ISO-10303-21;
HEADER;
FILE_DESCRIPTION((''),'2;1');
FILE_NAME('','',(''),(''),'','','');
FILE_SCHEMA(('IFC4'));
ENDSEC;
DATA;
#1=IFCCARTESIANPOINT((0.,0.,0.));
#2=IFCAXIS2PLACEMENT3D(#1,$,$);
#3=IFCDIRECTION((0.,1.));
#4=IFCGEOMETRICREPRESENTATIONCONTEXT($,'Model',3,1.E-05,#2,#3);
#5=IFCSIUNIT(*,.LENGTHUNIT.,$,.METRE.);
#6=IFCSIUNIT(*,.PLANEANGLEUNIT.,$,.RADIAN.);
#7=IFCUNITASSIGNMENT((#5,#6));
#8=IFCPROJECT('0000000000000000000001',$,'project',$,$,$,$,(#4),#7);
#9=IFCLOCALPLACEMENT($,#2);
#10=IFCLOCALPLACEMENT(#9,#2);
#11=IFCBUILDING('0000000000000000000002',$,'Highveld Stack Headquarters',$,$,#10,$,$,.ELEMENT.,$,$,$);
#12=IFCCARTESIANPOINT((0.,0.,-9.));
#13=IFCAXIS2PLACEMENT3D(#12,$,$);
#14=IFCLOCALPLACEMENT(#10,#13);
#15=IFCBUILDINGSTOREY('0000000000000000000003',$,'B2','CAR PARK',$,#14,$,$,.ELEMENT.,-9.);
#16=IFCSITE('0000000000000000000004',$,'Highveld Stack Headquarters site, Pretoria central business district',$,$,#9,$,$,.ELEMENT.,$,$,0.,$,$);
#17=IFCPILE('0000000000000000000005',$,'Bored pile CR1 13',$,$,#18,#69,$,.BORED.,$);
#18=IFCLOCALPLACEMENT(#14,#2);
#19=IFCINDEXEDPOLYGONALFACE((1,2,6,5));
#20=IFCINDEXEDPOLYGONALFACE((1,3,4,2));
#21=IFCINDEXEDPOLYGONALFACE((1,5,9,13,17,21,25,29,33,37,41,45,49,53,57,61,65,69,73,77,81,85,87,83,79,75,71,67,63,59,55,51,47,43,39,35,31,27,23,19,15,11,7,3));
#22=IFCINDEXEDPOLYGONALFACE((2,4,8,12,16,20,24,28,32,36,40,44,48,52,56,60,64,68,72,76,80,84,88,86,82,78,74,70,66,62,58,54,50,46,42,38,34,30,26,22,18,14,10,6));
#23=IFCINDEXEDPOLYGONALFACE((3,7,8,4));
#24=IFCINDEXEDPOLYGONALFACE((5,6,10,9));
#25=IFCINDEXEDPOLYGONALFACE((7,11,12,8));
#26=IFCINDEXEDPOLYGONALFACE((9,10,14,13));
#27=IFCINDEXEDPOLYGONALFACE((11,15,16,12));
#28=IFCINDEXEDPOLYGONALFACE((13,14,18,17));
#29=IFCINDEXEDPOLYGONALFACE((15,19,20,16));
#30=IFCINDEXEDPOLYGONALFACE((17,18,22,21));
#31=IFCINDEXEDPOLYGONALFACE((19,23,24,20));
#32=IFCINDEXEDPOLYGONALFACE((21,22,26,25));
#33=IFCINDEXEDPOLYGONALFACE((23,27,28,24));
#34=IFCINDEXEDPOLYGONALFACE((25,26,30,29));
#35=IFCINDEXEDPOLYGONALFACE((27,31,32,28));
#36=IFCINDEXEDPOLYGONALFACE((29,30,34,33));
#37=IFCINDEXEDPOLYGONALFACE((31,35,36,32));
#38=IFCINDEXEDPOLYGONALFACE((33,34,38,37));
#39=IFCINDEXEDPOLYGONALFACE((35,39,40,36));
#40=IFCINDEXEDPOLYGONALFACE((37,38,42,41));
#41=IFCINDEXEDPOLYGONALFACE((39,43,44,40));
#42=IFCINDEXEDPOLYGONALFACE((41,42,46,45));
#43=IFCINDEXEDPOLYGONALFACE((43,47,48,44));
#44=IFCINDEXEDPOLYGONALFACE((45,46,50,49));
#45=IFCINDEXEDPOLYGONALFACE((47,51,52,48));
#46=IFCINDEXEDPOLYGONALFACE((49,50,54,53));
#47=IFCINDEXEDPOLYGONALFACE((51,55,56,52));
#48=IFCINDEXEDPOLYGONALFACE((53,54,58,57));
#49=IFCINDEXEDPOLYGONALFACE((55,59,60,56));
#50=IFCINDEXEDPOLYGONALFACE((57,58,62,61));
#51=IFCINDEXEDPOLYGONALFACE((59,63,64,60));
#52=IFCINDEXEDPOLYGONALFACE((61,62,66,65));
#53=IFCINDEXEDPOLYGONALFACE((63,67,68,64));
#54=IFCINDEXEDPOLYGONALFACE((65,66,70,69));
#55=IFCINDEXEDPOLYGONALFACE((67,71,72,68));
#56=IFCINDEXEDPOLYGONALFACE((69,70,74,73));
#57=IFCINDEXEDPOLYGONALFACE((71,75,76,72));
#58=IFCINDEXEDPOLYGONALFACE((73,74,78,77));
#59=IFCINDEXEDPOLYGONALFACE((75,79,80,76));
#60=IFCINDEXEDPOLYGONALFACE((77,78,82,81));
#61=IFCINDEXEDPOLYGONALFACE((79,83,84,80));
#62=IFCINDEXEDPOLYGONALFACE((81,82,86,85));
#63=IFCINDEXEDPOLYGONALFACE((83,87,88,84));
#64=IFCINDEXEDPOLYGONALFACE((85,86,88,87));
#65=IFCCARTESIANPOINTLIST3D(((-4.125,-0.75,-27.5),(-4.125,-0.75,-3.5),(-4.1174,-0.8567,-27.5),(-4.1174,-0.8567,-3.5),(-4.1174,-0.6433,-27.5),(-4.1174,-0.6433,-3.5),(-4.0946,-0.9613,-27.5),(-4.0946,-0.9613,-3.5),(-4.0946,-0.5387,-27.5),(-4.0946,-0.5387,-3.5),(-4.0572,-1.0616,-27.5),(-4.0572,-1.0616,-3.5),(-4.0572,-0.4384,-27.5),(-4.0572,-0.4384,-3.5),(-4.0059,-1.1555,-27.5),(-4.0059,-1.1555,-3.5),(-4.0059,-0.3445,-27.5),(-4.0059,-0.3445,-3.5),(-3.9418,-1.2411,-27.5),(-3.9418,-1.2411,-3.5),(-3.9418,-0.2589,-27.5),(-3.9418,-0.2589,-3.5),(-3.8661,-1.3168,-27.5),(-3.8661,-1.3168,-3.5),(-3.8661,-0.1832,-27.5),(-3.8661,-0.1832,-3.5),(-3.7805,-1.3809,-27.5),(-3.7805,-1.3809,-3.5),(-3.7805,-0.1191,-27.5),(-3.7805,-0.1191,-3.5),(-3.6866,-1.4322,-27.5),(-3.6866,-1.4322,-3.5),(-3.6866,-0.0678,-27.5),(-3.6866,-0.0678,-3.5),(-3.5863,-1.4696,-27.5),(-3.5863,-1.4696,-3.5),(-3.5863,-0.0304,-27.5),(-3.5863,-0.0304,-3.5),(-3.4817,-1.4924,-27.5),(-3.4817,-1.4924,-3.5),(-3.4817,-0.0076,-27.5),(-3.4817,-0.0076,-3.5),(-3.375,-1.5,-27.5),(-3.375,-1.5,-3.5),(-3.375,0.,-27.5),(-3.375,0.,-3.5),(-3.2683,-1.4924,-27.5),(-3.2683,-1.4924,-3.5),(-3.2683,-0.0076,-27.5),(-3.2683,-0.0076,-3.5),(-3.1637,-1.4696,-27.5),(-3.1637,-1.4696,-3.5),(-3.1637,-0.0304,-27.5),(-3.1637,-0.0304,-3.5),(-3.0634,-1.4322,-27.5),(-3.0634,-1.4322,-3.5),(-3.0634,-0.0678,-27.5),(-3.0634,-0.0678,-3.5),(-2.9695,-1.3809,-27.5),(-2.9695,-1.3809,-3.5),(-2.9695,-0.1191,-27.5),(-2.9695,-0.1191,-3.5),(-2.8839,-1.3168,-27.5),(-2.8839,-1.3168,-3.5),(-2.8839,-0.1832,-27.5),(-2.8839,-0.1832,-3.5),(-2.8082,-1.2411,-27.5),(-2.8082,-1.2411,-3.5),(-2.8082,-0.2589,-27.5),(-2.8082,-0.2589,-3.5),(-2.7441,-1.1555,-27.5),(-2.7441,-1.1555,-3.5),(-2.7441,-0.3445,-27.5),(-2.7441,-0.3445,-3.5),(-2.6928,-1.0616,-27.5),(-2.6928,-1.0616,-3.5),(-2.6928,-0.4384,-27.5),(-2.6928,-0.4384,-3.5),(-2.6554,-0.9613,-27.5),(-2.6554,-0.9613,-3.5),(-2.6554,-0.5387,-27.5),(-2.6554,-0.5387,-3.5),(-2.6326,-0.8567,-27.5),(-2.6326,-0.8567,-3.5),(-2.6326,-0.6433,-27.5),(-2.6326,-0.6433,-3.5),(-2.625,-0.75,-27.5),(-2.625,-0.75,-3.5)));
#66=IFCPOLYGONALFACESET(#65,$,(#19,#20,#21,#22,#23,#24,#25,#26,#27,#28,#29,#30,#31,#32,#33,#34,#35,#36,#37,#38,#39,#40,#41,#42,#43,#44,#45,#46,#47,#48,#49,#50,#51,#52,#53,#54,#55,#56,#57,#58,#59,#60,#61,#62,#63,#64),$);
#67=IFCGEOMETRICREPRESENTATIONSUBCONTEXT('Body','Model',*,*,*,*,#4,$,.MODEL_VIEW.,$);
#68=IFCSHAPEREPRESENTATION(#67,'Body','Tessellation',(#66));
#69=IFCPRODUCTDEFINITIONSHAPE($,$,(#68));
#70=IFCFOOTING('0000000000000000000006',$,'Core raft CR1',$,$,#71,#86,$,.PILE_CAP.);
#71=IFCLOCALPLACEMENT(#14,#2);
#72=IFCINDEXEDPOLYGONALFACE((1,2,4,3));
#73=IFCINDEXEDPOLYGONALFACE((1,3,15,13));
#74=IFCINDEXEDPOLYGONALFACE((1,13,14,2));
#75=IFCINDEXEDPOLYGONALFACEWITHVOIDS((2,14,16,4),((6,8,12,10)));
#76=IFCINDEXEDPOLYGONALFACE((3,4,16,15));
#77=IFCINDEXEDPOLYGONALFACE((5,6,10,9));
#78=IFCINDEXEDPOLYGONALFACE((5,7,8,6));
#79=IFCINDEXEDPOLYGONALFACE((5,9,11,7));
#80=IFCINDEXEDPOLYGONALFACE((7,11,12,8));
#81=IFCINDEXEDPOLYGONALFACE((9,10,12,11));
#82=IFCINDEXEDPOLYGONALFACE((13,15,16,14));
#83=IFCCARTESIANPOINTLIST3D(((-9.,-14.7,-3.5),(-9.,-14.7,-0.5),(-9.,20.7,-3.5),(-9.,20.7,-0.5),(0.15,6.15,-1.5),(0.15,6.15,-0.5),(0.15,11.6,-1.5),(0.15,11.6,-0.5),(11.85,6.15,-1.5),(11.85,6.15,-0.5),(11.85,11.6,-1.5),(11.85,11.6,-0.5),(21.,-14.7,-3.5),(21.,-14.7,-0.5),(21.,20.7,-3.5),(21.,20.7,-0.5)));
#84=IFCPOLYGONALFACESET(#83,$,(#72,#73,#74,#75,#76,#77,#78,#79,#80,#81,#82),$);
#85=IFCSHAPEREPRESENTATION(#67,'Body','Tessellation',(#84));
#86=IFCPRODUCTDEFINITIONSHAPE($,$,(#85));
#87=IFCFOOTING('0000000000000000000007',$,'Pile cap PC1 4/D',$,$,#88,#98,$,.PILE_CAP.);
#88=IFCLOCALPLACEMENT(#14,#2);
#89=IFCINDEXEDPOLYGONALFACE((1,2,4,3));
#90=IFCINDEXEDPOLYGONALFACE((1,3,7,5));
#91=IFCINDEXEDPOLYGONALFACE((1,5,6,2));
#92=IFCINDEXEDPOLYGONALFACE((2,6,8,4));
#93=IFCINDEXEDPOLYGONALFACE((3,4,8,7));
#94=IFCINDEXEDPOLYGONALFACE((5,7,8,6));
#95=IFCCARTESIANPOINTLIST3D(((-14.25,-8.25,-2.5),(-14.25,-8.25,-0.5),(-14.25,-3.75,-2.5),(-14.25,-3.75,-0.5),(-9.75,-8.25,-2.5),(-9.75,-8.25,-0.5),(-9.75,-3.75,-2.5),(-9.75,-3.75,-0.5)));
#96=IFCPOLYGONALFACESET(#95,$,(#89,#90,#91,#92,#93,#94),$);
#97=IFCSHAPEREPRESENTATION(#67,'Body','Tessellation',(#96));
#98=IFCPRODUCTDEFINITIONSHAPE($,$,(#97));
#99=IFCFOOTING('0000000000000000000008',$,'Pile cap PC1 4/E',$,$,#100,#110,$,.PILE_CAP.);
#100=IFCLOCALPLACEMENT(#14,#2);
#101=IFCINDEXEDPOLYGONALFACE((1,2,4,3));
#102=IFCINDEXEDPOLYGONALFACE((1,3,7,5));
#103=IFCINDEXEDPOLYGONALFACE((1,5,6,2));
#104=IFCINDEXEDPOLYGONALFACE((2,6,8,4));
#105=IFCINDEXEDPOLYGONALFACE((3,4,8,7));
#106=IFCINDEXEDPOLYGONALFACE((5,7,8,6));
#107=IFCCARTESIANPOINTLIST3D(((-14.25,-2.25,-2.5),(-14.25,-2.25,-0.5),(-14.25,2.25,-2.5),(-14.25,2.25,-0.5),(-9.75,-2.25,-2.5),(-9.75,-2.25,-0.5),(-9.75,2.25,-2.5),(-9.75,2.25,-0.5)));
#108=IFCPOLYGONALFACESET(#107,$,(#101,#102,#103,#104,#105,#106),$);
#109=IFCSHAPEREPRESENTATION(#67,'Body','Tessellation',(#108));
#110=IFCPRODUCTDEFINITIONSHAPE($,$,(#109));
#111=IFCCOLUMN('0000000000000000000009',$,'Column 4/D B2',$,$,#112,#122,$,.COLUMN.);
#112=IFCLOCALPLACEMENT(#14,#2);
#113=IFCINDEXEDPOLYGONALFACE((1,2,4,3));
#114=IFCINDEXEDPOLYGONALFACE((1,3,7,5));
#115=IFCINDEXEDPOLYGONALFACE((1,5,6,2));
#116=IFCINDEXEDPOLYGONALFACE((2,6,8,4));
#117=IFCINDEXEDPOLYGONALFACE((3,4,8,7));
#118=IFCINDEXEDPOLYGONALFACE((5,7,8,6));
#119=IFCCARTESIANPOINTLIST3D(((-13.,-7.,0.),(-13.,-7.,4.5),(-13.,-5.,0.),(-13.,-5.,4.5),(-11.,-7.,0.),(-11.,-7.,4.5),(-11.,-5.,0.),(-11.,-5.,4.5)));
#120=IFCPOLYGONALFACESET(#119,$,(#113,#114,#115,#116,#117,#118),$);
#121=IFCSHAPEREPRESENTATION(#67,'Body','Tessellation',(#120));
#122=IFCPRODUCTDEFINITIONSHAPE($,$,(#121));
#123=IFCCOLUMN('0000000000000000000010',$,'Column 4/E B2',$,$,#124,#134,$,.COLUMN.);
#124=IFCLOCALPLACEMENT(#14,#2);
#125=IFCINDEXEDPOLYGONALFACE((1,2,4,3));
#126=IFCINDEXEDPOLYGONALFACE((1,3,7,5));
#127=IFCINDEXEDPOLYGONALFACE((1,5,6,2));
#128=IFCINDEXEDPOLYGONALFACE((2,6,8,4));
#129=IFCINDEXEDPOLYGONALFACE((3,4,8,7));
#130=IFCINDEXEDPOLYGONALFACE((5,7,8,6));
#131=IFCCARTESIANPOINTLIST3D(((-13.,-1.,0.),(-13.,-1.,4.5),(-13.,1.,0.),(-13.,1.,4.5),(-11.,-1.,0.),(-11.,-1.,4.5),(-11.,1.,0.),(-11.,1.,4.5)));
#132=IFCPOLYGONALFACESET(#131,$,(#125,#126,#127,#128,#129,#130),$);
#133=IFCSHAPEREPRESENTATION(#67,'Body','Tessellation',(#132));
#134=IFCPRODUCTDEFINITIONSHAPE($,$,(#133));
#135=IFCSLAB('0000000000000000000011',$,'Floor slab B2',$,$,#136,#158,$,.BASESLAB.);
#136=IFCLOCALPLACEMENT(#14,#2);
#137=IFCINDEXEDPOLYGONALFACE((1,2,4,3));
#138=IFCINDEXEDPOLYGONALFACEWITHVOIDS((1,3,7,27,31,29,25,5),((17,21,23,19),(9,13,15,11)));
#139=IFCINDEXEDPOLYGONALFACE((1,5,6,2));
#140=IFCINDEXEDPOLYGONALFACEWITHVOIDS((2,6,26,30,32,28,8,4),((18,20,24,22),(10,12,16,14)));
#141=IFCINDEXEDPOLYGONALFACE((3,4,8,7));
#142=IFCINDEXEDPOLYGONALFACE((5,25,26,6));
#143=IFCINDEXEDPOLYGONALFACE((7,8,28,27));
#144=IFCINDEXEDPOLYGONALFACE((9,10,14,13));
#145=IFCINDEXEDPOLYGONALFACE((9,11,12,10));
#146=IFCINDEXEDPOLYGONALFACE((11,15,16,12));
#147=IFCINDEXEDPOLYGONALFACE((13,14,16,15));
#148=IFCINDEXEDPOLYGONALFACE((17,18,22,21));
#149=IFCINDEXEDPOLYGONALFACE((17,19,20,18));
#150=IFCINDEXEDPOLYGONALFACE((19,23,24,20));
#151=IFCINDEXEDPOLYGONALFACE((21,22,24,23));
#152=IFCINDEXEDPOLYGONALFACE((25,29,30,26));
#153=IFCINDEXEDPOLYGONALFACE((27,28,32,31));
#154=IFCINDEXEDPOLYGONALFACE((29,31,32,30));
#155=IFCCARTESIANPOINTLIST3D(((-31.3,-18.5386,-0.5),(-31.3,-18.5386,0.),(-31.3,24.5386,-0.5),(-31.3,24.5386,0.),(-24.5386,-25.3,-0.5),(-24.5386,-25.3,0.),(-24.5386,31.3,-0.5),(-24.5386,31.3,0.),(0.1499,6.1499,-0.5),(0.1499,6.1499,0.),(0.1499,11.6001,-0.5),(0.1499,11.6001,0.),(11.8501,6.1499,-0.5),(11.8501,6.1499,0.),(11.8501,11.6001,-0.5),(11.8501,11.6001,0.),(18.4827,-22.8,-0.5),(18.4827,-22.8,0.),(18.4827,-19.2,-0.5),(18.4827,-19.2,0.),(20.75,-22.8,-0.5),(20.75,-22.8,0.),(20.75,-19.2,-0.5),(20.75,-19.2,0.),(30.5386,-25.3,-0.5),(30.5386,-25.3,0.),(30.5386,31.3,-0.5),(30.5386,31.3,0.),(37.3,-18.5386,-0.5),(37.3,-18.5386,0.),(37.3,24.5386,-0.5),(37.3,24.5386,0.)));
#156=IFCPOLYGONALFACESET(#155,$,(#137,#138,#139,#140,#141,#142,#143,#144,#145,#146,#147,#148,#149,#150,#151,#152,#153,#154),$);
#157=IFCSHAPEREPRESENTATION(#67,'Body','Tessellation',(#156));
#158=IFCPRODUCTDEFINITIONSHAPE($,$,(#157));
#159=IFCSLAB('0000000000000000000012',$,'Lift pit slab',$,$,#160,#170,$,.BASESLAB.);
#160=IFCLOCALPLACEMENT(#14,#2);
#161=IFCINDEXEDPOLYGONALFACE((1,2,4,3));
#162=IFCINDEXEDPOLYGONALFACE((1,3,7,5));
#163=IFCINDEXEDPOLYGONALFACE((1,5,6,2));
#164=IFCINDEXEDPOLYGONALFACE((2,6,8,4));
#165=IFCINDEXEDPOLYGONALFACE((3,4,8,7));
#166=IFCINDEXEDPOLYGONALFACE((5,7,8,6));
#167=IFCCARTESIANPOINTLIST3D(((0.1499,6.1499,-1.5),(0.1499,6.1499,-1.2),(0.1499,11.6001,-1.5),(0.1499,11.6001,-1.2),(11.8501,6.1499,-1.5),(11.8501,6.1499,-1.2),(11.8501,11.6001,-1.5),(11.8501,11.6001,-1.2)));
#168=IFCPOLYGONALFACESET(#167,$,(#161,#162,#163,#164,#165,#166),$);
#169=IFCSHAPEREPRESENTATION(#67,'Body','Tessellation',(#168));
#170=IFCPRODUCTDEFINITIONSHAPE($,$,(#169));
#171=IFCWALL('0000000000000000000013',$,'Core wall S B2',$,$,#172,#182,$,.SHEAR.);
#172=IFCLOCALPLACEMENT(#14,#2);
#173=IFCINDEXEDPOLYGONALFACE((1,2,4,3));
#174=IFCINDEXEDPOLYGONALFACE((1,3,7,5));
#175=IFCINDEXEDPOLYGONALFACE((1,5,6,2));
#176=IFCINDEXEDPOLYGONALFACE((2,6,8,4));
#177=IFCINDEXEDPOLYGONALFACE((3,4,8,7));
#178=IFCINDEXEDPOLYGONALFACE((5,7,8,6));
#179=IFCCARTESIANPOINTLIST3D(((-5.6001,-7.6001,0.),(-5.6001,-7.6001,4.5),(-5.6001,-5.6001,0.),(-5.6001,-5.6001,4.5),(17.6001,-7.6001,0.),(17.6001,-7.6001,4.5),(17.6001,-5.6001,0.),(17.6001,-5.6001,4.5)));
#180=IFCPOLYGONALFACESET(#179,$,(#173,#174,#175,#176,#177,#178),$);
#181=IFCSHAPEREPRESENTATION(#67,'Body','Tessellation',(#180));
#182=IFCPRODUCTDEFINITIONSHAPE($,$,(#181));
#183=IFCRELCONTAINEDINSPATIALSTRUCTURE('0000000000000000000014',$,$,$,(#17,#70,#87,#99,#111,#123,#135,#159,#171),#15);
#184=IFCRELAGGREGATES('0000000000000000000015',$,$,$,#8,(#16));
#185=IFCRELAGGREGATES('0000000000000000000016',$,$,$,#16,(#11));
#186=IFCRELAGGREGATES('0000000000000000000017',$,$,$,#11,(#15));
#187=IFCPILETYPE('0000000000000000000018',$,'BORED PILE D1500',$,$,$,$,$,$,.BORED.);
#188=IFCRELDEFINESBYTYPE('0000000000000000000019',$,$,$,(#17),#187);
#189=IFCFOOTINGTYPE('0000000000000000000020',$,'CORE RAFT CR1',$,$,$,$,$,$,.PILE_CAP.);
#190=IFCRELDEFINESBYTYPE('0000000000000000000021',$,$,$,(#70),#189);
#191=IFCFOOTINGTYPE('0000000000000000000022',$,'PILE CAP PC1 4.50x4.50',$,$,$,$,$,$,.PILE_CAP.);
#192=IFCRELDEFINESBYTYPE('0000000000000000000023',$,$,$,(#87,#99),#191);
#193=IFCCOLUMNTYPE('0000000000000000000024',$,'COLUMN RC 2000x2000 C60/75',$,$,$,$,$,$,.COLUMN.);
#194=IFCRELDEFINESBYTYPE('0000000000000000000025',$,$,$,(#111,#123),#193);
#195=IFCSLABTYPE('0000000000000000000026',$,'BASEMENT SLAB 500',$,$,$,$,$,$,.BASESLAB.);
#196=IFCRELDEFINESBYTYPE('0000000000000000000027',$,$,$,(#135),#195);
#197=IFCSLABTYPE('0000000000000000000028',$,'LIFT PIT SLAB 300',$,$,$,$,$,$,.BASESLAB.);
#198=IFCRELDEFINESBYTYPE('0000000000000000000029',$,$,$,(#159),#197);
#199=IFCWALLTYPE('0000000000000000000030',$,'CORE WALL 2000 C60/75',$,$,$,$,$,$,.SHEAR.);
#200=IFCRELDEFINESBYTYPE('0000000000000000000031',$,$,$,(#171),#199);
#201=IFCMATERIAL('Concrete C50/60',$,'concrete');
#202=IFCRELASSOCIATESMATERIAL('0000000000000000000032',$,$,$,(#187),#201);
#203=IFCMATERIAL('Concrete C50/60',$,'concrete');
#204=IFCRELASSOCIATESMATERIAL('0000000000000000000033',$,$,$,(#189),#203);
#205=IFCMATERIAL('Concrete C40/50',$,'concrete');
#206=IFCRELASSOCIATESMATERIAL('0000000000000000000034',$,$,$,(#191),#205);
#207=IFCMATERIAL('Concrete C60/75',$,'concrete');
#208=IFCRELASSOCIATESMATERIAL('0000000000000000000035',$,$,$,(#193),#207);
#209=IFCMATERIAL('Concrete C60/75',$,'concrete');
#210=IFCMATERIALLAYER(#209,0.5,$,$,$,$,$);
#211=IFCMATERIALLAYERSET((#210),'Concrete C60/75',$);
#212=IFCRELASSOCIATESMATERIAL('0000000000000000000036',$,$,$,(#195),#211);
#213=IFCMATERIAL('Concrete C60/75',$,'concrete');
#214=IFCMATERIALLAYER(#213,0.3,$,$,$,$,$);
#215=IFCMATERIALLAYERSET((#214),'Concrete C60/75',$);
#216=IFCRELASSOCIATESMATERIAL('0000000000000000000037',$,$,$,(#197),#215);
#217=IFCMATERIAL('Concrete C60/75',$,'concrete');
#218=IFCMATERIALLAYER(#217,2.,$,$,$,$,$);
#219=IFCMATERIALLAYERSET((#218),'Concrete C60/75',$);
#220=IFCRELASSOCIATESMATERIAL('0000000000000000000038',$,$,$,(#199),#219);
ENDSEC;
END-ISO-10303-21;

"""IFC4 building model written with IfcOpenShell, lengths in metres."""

from ifc_helpers import new_model, si_unit, direction, frame, frame_2d, origin, origin_2d, place, context, subcontext, project, spatial, polyline, rectangle, circle, outline, extrude, material, layer, layer_set, material_profile, profile_set, type_object, element, save


model = new_model("IFC4")

# Units and contexts
model_context = context("Model", 3, precision=1e-05, world=origin(), true_north=direction((0.0, 1.0)))
body_context = subcontext(model_context, "Body", "Model", "MODEL_VIEW")
ifc_project = project(units=[si_unit("LENGTHUNIT", "METRE"), si_unit("PLANEANGLEUNIT", "RADIAN")], contexts=[model_context])

# Site, building, storey
site_placement = place(None, origin())
site = spatial("IfcSite", under=ifc_project, at=site_placement, Name="Highveld Stack Headquarters site, Pretoria central business district", CompositionType="ELEMENT", RefElevation=0.0)
building_placement = place(site_placement, origin())
building = spatial("IfcBuilding", under=site, at=building_placement, Name="Highveld Stack Headquarters", CompositionType="ELEMENT")
storey_placement = place(building_placement, frame((0.0, 0.0, -9.0)))
storey = spatial("IfcBuildingStorey", under=building, at=storey_placement, Name="B2", Description="CAR PARK", CompositionType="ELEMENT", Elevation=-9.0)

# Pile
ifc_material_1 = material(Name="Concrete C50/60", Category="concrete")
pile_type_1 = type_object("IfcPileType", Name="BORED PILE D1500", PredefinedType="BORED", material=ifc_material_1)
for number, where, z_axis, x_axis, name in (
    (1, (-3.375, -0.75, -3.5), (0.0, 0.0, -1.0), (1.0, 0.0, 0.0), "Bored pile CR1 13"),
):
    element("IfcPile", number, at=place(storey_placement, frame(where, z_axis=z_axis, x_axis=x_axis)), inside=storey, type_object=pile_type_1, Name=name, PredefinedType="BORED", context=body_context, shape_type="SweptSolid", body=[
        extrude(circle(Radius=0.75, at=origin_2d()), origin(), (0.0, 0.0, 1.0), 24.0),
    ])

# Footing, opening
ifc_material_2 = material(Name="Concrete C50/60", Category="concrete")
footing_type_1 = type_object("IfcFootingType", Name="CORE RAFT CR1", PredefinedType="PILE_CAP", material=ifc_material_2)
footing_placement = place(storey_placement, frame((0.0, 0.0, -3.5)))
footing = element("IfcFooting", 2, at=footing_placement, inside=storey, type_object=footing_type_1, Name="Core raft CR1", PredefinedType="PILE_CAP", context=body_context, shape_type="SweptSolid", body=[
    extrude(outline(polyline([(-9.0, -14.7), (21.0, -14.7), (21.0, 20.7), (-9.0, 20.7), (-9.0, -14.7)])), origin(), (0.0, 0.0, 1.0), 3.0),
])
opening_1_placement = place(footing_placement, frame((0.0, 0.0, 2.0)))
element("IfcOpeningElement", 3, at=opening_1_placement, cuts=footing, PredefinedType="RECESS", context=body_context, shape_type="SweptSolid", body=[
    extrude(rectangle(XDim=11.7, YDim=5.45, at=frame_2d((6.0, 8.875))), origin(), (0.0, 0.0, 1.0), 1.01),
])

# Footings
ifc_material_3 = material(Name="Concrete C40/50", Category="concrete")
footing_type_2 = type_object("IfcFootingType", Name="PILE CAP PC1 4.50x4.50", PredefinedType="PILE_CAP", material=ifc_material_3)
for number, where, z_axis, x_axis, name in (
    (4, (-12.0, -6.0, -2.5), (0.0, 0.0, 1.0), (1.0, 0.0, 0.0), "Pile cap PC1 4/D"),
    (5, (-12.0, 0.0, -2.5), (0.0, 0.0, 1.0), (1.0, 0.0, 0.0), "Pile cap PC1 4/E"),
):
    element("IfcFooting", number, at=place(storey_placement, frame(where, z_axis=z_axis, x_axis=x_axis)), inside=storey, type_object=footing_type_2, Name=name, PredefinedType="PILE_CAP", context=body_context, shape_type="SweptSolid", body=[
        extrude(rectangle(XDim=4.5, YDim=4.5, at=origin_2d()), origin(), (0.0, 0.0, 1.0), 2.0),
    ])

# Columns
ifc_material_4 = material(Name="Concrete C60/75", Category="concrete")
ifc_material_profile = material_profile(ifc_material_4, rectangle(XDim=2.0, YDim=2.0, at=origin_2d()), Name="RC 2000x2000")
ifc_profile_set = profile_set([ifc_material_profile], Name="Concrete C60/75")
column_type = type_object("IfcColumnType", Name="COLUMN RC 2000x2000 C60/75", PredefinedType="COLUMN", material=ifc_profile_set)
for number, where, z_axis, x_axis, name in (
    (6, (-12.0, -6.0, 0.0), (0.0, 0.0, 1.0), (1.0, 0.0, 0.0), "Column 4/D B2"),
    (7, (-12.0, 0.0, 0.0), (0.0, 0.0, 1.0), (1.0, 0.0, 0.0), "Column 4/E B2"),
):
    element("IfcColumn", number, at=place(storey_placement, frame(where, z_axis=z_axis, x_axis=x_axis)), inside=storey, type_object=column_type, Name=name, PredefinedType="COLUMN", context=body_context, shape_type="SweptSolid", body=[
        extrude(rectangle(XDim=2.0, YDim=2.0, at=origin_2d()), origin(), (0.0, 0.0, 1.0), 4.5),
    ])

# Slabs
ifc_material_5 = material(Name="Concrete C60/75", Category="concrete")
ifc_layer_1 = layer(ifc_material_5, 0.5)
ifc_layer_set_1 = layer_set([ifc_layer_1], Name="Concrete C60/75")
slab_type_1 = type_object("IfcSlabType", Name="BASEMENT SLAB 500", PredefinedType="BASESLAB", material=ifc_layer_set_1)
slab_1_placement = place(storey_placement, frame((0.0, 0.0, -0.5)))
element("IfcSlab", 8, at=slab_1_placement, inside=storey, type_object=slab_type_1, Name="Floor slab B2", PredefinedType="BASESLAB", context=body_context, shape_type="SweptSolid", body=[
    extrude(outline(polyline([(-24.5386, -25.3), (30.5386, -25.3), (37.3, -18.5386), (37.3, 24.5386), (30.5386, 31.3), (-24.5386, 31.3), (-31.3, 24.5386), (-31.3, -18.5386), (-24.5386, -25.3)]), holes=[polyline([(0.1499, 6.1499), (11.8501, 6.1499), (11.8501, 11.6001), (0.1499, 11.6001), (0.1499, 6.1499)]), polyline([(18.4827, -22.8), (20.75, -22.8), (20.75, -19.2), (18.4827, -19.2), (18.4827, -22.8)])]), origin(), (0.0, 0.0, 1.0), 0.5),
])
ifc_material_6 = material(Name="Concrete C60/75", Category="concrete")
ifc_layer_2 = layer(ifc_material_6, 0.3)
ifc_layer_set_2 = layer_set([ifc_layer_2], Name="Concrete C60/75")
slab_type_2 = type_object("IfcSlabType", Name="LIFT PIT SLAB 300", PredefinedType="BASESLAB", material=ifc_layer_set_2)
slab_2_placement = place(storey_placement, frame((0.0, 0.0, -1.5)))
element("IfcSlab", 9, at=slab_2_placement, inside=storey, type_object=slab_type_2, Name="Lift pit slab", PredefinedType="BASESLAB", context=body_context, shape_type="SweptSolid", body=[
    extrude(outline(polyline([(0.1499, 6.1499), (11.8501, 6.1499), (11.8501, 11.6001), (0.1499, 11.6001), (0.1499, 6.1499)])), origin(), (0.0, 0.0, 1.0), 0.3),
])

# Wall
ifc_material_7 = material(Name="Concrete C60/75", Category="concrete")
ifc_layer_3 = layer(ifc_material_7, 2.0)
ifc_layer_set_3 = layer_set([ifc_layer_3], Name="Concrete C60/75")
wall_type_1 = type_object("IfcWallType", Name="CORE WALL 2000 C60/75", PredefinedType="SHEAR", material=ifc_layer_set_3)
wall_1_placement = place(storey_placement, frame((-5.6001, -6.6001, 0.0), z_axis=(0.0, 0.0, 1.0), x_axis=(1.0, 0.0, 0.0)))
element("IfcWall", 10, at=wall_1_placement, inside=storey, type_object=wall_type_1, Name="Core wall S B2", PredefinedType="SHEAR", context=body_context, shape_type="SweptSolid", body=[
    extrude(rectangle(XDim=23.2002, YDim=2.0, at=frame_2d((11.6001, 0.0))), origin(), (0.0, 0.0, 1.0), 4.5),
])

save(model, "model.ifc")
